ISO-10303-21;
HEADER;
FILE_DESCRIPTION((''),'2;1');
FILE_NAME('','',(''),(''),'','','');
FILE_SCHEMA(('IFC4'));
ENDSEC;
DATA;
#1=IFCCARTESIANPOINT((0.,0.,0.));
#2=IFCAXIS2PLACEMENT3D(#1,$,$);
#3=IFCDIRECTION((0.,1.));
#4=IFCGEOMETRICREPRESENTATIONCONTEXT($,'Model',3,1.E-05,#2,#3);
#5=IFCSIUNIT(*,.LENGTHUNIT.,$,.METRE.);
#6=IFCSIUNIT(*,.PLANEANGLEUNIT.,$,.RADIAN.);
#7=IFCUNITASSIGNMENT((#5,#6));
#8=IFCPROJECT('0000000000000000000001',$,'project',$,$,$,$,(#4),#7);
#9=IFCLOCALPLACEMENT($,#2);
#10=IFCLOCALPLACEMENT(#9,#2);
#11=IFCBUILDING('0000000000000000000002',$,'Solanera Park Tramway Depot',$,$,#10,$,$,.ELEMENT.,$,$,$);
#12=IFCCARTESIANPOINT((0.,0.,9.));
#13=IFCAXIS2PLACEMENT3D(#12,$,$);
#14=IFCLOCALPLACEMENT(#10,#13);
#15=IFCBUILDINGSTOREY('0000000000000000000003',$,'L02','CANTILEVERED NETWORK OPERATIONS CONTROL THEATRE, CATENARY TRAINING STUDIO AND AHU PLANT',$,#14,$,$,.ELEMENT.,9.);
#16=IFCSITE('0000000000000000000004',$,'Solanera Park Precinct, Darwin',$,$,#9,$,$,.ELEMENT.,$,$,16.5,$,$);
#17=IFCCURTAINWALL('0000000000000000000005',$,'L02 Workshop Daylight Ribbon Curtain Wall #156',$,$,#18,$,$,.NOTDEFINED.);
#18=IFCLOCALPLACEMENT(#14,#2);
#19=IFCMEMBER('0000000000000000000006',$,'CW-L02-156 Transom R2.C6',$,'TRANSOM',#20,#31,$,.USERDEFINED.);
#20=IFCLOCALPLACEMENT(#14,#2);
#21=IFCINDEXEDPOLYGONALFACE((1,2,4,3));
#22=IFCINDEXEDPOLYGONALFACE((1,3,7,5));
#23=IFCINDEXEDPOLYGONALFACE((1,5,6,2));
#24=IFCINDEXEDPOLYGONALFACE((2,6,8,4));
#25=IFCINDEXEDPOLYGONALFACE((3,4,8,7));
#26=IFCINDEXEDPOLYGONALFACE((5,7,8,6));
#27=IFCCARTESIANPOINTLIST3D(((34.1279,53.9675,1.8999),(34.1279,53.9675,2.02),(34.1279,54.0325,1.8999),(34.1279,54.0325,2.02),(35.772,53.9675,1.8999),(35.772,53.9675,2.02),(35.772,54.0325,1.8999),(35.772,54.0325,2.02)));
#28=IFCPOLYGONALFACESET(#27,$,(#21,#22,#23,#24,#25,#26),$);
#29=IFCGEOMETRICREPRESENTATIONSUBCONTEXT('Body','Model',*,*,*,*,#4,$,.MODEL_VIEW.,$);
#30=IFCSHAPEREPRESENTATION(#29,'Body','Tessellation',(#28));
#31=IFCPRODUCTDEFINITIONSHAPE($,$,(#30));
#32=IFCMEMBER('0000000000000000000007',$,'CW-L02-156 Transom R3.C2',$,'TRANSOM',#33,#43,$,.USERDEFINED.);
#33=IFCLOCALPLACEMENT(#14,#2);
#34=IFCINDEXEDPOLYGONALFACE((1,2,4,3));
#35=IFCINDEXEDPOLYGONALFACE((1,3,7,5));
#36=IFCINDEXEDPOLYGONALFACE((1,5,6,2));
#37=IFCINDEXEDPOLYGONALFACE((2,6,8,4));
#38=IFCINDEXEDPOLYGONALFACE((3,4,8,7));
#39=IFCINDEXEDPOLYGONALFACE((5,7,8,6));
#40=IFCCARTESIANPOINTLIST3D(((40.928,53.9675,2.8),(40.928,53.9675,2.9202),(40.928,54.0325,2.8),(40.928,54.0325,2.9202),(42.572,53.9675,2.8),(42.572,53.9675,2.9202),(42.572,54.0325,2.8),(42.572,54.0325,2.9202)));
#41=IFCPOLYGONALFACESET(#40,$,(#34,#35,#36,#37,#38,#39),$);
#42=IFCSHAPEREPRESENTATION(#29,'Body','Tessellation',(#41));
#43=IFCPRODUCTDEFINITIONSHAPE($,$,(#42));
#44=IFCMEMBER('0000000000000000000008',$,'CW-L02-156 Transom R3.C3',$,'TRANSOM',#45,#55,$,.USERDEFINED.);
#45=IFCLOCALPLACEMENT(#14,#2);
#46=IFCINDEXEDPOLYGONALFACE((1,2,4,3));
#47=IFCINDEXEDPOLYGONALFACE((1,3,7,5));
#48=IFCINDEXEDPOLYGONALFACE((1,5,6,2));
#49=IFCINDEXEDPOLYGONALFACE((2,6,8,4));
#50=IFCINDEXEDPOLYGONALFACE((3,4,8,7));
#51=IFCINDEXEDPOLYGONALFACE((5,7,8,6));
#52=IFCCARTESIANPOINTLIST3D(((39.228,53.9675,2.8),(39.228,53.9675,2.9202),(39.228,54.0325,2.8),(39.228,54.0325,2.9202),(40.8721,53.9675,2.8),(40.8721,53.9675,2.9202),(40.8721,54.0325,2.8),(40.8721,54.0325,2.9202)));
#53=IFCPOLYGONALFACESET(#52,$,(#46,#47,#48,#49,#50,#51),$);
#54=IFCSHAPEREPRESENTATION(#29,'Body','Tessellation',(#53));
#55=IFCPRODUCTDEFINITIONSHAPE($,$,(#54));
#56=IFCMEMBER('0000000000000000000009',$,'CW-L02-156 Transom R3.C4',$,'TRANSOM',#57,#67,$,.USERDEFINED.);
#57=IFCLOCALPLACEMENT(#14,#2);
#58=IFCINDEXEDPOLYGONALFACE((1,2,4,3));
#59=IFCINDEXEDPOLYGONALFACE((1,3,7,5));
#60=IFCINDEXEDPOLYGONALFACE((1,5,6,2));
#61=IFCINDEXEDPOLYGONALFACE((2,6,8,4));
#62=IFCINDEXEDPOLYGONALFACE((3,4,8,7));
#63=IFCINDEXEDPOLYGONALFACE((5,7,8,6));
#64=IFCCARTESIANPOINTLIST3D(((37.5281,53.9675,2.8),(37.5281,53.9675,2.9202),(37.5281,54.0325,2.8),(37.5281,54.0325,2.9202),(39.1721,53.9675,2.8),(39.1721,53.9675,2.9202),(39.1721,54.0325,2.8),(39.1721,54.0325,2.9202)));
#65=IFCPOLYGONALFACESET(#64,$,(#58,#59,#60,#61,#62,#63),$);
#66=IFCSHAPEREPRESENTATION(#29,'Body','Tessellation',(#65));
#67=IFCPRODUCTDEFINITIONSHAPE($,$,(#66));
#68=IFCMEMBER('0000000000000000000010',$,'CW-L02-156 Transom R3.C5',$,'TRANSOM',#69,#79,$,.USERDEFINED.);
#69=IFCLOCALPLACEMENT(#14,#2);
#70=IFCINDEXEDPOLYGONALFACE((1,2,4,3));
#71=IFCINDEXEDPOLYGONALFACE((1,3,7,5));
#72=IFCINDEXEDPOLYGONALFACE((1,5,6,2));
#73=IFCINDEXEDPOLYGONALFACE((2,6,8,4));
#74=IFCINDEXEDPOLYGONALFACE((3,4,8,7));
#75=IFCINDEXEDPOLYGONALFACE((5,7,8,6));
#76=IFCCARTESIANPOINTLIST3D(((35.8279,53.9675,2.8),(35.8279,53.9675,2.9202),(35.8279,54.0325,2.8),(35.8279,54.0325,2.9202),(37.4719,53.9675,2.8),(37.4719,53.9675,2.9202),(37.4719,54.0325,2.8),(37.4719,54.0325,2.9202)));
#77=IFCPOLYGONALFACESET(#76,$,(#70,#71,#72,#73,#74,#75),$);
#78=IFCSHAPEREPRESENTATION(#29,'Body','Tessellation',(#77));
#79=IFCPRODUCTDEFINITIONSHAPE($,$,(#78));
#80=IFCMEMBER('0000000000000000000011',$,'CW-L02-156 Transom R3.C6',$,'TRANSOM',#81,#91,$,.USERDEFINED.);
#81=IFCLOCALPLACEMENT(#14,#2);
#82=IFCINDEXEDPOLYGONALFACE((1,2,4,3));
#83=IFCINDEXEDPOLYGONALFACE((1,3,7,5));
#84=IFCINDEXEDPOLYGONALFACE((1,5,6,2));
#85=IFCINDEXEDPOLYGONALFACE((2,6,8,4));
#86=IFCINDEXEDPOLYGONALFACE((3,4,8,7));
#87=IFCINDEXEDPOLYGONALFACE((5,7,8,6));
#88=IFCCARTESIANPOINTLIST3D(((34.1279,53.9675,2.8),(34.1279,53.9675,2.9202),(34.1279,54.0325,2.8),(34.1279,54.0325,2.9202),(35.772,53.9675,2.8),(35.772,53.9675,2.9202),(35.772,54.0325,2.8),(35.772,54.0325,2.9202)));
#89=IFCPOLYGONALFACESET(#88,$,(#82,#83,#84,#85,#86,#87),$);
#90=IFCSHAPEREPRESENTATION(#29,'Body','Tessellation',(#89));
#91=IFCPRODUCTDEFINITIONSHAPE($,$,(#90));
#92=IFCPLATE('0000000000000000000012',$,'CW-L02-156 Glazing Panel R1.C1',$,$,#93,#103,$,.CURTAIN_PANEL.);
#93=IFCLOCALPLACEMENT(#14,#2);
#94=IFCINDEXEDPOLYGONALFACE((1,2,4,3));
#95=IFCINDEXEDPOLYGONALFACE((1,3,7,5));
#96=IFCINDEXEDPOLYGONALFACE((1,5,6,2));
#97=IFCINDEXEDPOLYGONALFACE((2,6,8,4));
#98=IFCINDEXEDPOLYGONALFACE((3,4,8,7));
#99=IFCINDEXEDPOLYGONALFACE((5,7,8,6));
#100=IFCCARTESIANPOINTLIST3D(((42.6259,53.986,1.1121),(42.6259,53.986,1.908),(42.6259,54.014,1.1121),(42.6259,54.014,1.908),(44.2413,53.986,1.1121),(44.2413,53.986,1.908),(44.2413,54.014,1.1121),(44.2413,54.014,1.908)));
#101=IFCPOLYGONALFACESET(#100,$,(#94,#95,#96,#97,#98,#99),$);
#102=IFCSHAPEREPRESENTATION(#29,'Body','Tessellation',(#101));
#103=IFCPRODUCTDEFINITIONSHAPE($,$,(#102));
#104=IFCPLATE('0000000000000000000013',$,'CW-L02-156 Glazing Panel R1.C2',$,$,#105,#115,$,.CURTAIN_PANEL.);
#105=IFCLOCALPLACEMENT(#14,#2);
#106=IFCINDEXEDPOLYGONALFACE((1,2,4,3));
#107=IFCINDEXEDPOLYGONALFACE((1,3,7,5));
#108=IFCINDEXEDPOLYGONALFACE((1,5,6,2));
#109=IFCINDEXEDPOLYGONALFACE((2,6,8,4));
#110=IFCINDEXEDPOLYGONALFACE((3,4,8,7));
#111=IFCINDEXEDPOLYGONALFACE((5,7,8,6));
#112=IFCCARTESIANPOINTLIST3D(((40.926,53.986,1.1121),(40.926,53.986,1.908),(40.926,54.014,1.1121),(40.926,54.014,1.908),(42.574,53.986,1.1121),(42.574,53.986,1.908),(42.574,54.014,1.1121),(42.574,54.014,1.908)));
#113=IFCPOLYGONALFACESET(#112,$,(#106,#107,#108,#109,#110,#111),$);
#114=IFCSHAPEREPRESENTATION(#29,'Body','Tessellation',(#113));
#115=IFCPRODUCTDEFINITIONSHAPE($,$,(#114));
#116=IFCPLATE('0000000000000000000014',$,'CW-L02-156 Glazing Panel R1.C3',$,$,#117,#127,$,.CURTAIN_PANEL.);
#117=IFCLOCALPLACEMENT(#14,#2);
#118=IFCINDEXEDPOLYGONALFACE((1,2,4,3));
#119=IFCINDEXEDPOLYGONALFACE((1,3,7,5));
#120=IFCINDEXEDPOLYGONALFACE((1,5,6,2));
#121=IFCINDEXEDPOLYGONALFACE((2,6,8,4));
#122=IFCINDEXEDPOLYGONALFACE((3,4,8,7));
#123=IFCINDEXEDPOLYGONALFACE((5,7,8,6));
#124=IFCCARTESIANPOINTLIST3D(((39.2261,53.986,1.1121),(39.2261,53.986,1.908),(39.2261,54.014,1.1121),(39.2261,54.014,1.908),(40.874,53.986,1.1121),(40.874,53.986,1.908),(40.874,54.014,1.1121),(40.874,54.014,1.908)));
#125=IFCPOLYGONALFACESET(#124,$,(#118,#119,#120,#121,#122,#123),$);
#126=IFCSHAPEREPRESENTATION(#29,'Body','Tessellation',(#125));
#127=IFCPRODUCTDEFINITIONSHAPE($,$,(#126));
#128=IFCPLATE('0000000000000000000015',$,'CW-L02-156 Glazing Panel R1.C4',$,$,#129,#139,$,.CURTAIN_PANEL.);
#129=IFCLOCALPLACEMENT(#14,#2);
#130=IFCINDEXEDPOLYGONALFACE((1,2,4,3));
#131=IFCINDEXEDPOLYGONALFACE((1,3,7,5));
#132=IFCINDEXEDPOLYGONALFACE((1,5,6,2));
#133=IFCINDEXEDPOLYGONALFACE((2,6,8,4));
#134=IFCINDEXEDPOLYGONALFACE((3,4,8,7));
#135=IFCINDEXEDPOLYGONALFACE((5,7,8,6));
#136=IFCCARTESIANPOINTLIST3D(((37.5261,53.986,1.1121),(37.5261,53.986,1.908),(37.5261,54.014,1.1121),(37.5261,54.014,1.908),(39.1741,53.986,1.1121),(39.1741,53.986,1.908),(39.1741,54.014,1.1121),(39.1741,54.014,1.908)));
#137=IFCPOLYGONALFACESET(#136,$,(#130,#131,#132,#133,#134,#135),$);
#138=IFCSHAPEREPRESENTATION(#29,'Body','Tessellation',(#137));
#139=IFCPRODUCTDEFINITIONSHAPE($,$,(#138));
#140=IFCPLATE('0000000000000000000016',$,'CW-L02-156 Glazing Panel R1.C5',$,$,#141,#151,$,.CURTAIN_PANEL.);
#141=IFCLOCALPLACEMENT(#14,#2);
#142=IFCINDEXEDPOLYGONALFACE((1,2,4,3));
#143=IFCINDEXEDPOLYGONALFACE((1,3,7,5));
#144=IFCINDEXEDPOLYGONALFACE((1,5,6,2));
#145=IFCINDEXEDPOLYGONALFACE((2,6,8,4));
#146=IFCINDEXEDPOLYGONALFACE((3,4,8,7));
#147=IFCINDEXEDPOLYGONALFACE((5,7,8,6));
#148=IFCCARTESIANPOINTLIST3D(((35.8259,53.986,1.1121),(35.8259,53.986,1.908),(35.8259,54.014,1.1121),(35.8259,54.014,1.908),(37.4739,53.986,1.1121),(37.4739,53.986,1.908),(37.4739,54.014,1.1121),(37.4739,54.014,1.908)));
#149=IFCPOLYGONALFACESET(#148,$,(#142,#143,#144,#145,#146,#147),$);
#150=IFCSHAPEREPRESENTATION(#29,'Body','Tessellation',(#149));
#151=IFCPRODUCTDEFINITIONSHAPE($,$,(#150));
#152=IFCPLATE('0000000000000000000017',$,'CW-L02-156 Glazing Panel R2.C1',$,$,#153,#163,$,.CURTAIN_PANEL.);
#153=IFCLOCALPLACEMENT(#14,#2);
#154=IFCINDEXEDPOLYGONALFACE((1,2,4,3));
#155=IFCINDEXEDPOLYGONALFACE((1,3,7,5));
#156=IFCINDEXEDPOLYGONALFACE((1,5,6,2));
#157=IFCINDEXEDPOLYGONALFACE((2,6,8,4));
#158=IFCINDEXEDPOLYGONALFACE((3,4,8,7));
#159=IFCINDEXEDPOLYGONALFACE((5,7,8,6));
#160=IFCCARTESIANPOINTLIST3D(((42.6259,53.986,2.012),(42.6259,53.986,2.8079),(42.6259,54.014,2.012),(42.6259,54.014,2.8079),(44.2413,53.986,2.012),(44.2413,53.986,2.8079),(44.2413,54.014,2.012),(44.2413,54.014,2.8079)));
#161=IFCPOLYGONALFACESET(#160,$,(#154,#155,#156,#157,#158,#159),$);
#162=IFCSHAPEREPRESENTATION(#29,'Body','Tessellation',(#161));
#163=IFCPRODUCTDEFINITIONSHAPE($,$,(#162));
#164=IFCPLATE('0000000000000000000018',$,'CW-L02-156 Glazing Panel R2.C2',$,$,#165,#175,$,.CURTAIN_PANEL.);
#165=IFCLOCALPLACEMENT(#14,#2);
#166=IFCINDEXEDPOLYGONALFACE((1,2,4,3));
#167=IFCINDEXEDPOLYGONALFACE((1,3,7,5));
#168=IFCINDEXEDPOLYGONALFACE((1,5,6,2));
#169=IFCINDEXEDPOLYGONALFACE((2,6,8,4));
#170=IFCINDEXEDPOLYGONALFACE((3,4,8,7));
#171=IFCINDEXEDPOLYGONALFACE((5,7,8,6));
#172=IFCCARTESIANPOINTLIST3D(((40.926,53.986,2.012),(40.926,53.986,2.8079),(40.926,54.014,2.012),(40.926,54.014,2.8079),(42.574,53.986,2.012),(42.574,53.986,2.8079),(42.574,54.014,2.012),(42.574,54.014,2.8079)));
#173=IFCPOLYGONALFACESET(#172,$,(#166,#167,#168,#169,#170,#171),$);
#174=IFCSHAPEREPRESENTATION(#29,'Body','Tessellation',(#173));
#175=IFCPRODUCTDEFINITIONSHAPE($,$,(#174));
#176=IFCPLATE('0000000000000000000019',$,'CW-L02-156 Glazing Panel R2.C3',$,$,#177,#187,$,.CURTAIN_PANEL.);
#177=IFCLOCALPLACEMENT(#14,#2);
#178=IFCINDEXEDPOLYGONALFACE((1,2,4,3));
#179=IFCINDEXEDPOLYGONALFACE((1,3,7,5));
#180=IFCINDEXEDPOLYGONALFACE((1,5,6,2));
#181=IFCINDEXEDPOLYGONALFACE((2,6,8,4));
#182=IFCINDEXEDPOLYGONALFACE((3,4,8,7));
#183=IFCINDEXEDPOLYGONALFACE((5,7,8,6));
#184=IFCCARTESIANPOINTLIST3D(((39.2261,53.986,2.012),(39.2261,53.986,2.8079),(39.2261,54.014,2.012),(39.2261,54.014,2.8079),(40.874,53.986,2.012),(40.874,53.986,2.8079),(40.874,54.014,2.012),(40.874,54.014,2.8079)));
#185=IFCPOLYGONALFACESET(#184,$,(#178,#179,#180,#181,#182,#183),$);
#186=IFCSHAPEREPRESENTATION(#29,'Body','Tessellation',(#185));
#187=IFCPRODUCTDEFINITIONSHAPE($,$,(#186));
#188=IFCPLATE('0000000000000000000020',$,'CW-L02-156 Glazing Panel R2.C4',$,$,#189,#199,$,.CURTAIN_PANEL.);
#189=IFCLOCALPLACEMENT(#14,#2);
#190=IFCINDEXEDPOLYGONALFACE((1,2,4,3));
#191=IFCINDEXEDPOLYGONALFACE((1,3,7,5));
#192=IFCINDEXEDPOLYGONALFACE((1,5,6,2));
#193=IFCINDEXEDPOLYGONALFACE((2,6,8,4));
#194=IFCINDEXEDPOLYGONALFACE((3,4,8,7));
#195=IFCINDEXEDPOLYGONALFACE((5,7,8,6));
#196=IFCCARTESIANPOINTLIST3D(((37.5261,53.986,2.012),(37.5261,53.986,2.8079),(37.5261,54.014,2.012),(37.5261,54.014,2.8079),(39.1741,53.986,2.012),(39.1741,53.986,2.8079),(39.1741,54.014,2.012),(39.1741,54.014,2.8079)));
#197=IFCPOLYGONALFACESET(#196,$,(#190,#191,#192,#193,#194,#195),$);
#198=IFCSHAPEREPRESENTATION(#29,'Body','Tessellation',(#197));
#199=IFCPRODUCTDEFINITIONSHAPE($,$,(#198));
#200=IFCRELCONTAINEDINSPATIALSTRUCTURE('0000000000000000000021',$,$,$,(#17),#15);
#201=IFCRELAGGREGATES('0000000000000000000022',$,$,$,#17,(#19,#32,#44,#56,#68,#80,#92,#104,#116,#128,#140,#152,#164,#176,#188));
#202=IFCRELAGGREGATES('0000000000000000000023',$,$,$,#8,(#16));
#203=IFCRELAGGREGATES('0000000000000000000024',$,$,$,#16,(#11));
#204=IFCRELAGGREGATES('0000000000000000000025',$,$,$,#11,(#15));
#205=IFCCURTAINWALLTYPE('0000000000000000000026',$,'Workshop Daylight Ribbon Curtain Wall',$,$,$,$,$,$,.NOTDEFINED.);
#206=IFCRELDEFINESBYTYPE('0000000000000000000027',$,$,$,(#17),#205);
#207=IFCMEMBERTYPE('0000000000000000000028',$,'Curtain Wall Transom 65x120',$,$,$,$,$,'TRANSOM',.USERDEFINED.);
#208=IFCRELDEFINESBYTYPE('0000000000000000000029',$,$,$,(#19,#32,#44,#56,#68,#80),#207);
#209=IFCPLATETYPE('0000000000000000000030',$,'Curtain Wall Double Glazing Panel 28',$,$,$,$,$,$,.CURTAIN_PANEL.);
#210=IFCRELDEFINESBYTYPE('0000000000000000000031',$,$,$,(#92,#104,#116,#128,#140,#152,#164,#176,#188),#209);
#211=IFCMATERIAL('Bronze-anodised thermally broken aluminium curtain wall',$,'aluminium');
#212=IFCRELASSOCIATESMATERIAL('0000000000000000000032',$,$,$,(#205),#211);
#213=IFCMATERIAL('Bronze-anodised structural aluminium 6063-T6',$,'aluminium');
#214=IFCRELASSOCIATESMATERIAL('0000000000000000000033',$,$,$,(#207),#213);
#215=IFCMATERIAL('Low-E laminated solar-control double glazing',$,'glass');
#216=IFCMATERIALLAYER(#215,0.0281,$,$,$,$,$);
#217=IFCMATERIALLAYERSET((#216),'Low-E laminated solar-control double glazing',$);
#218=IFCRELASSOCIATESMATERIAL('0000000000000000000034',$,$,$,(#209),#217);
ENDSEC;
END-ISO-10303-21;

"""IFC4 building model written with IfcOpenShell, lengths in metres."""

from ifc_helpers import new_model, si_unit, direction, frame, origin, origin_2d, place, context, subcontext, project, spatial, rectangle, extrude, material, layer, layer_set, material_profile, profile_set, type_object, element, aggregate, save


model = new_model("IFC4")

# Units and contexts
model_context = context("Model", 3, precision=1e-05, world=origin(), true_north=direction((0.0, 1.0)))
body_context = subcontext(model_context, "Body", "Model", "MODEL_VIEW")
ifc_project = project(units=[si_unit("LENGTHUNIT", "METRE"), si_unit("PLANEANGLEUNIT", "RADIAN")], contexts=[model_context])

# Site, building, storey
site_placement = place(None, origin())
site = spatial("IfcSite", under=ifc_project, at=site_placement, Name="Solanera Park Precinct, Darwin", CompositionType="ELEMENT", RefElevation=16.5)
building_placement = place(site_placement, origin())
building = spatial("IfcBuilding", under=site, at=building_placement, Name="Solanera Park Tramway Depot", CompositionType="ELEMENT")
storey_placement = place(building_placement, frame((0.0, 0.0, 9.0)))
storey = spatial("IfcBuildingStorey", under=building, at=storey_placement, Name="L02", Description="CANTILEVERED NETWORK OPERATIONS CONTROL THEATRE, CATENARY TRAINING STUDIO AND AHU PLANT", CompositionType="ELEMENT", Elevation=9.0)

# Curtain wall, members, plates
ifc_material_1 = material(Name="Bronze-anodised thermally broken aluminium curtain wall", Category="aluminium")
curtain_wall_type = type_object("IfcCurtainWallType", Name="Workshop Daylight Ribbon Curtain Wall", PredefinedType="NOTDEFINED", material=ifc_material_1)
curtain_wall_placement = place(storey_placement, origin())
curtain_wall = element("IfcCurtainWall", 1, at=curtain_wall_placement, inside=storey, type_object=curtain_wall_type, Name="L02 Workshop Daylight Ribbon Curtain Wall #156", PredefinedType="NOTDEFINED")
ifc_material_2 = material(Name="Bronze-anodised structural aluminium 6063-T6", Category="aluminium")
ifc_material_profile_1 = material_profile(ifc_material_2, rectangle(XDim=0.0649, YDim=0.1201, at=origin_2d()), Name="Curtain Wall Transom 65x120")
ifc_profile_set_1 = profile_set([ifc_material_profile_1], Name="Bronze-anodised structural aluminium 6063-T6")
member_type_1 = type_object("IfcMemberType", Name="Curtain Wall Transom 65x120", ElementType="TRANSOM", PredefinedType="USERDEFINED", material=ifc_profile_set_1)
member_1_placement = place(storey_placement, frame((35.772, 54.0, 1.96), z_axis=(-1.0, 0.0, 0.0), x_axis=(0.0, -1.0, 0.0)))
member_1 = element("IfcMember", 2, at=member_1_placement, type_object=member_type_1, Name="CW-L02-156 Transom R2.C6", ObjectType="TRANSOM", PredefinedType="USERDEFINED", context=body_context, shape_type="SweptSolid", body=[
    extrude(rectangle(XDim=0.0649, YDim=0.1201, at=origin_2d()), origin(), (0.0, 0.0, 1.0), 1.644),
])
member_2_placement = place(storey_placement, frame((42.572, 54.0, 2.8601), z_axis=(-1.0, 0.0, 0.0), x_axis=(0.0, -1.0, 0.0)))
member_2 = element("IfcMember", 3, at=member_2_placement, type_object=member_type_1, Name="CW-L02-156 Transom R3.C2", ObjectType="TRANSOM", PredefinedType="USERDEFINED", context=body_context, shape_type="SweptSolid", body=[
    extrude(rectangle(XDim=0.0649, YDim=0.1201, at=origin_2d()), origin(), (0.0, 0.0, 1.0), 1.644),
])
member_3_placement = place(storey_placement, frame((40.8721, 54.0, 2.8601), z_axis=(-1.0, 0.0, 0.0), x_axis=(0.0, -1.0, 0.0)))
member_3 = element("IfcMember", 4, at=member_3_placement, type_object=member_type_1, Name="CW-L02-156 Transom R3.C3", ObjectType="TRANSOM", PredefinedType="USERDEFINED", context=body_context, shape_type="SweptSolid", body=[
    extrude(rectangle(XDim=0.0649, YDim=0.1201, at=origin_2d()), origin(), (0.0, 0.0, 1.0), 1.644),
])
member_4_placement = place(storey_placement, frame((39.1721, 54.0, 2.8601), z_axis=(-1.0, 0.0, 0.0), x_axis=(0.0, -1.0, 0.0)))
member_4 = element("IfcMember", 5, at=member_4_placement, type_object=member_type_1, Name="CW-L02-156 Transom R3.C4", ObjectType="TRANSOM", PredefinedType="USERDEFINED", context=body_context, shape_type="SweptSolid", body=[
    extrude(rectangle(XDim=0.0649, YDim=0.1201, at=origin_2d()), origin(), (0.0, 0.0, 1.0), 1.644),
])
member_5_placement = place(storey_placement, frame((37.4719, 54.0, 2.8601), z_axis=(-1.0, 0.0, 0.0), x_axis=(0.0, -1.0, 0.0)))
member_5 = element("IfcMember", 6, at=member_5_placement, type_object=member_type_1, Name="CW-L02-156 Transom R3.C5", ObjectType="TRANSOM", PredefinedType="USERDEFINED", context=body_context, shape_type="SweptSolid", body=[
    extrude(rectangle(XDim=0.0649, YDim=0.1201, at=origin_2d()), origin(), (0.0, 0.0, 1.0), 1.644),
])
member_6_placement = place(storey_placement, frame((35.772, 54.0, 2.8601), z_axis=(-1.0, 0.0, 0.0), x_axis=(0.0, -1.0, 0.0)))
member_6 = element("IfcMember", 7, at=member_6_placement, type_object=member_type_1, Name="CW-L02-156 Transom R3.C6", ObjectType="TRANSOM", PredefinedType="USERDEFINED", context=body_context, shape_type="SweptSolid", body=[
    extrude(rectangle(XDim=0.0649, YDim=0.1201, at=origin_2d()), origin(), (0.0, 0.0, 1.0), 1.644),
])
ifc_material_3 = material(Name="Low-E laminated solar-control double glazing", Category="glass")
ifc_layer = layer(ifc_material_3, 0.0281)
ifc_layer_set = layer_set([ifc_layer], Name="Low-E laminated solar-control double glazing")
plate_type = type_object("IfcPlateType", Name="Curtain Wall Double Glazing Panel 28", PredefinedType="CURTAIN_PANEL", material=ifc_layer_set)
plate_1_placement = place(storey_placement, frame((43.4336, 54.0, 1.1121), z_axis=(0.0, 0.0, 1.0), x_axis=(-1.0, 0.0, 0.0)))
plate_1 = element("IfcPlate", 8, at=plate_1_placement, type_object=plate_type, Name="CW-L02-156 Glazing Panel R1.C1", PredefinedType="CURTAIN_PANEL", context=body_context, shape_type="SweptSolid", body=[
    extrude(rectangle(XDim=1.6155, YDim=0.0281, at=origin_2d()), origin(), (0.0, 0.0, 1.0), 0.7959),
])
plate_2_placement = place(storey_placement, frame((41.75, 54.0, 1.1121), z_axis=(0.0, 0.0, 1.0), x_axis=(-1.0, 0.0, 0.0)))
plate_2 = element("IfcPlate", 9, at=plate_2_placement, type_object=plate_type, Name="CW-L02-156 Glazing Panel R1.C2", PredefinedType="CURTAIN_PANEL", context=body_context, shape_type="SweptSolid", body=[
    extrude(rectangle(XDim=1.6479, YDim=0.0281, at=origin_2d()), origin(), (0.0, 0.0, 1.0), 0.7959),
])
plate_3_placement = place(storey_placement, frame((40.05, 54.0, 1.1121), z_axis=(0.0, 0.0, 1.0), x_axis=(-1.0, 0.0, 0.0)))
plate_3 = element("IfcPlate", 10, at=plate_3_placement, type_object=plate_type, Name="CW-L02-156 Glazing Panel R1.C3", PredefinedType="CURTAIN_PANEL", context=body_context, shape_type="SweptSolid", body=[
    extrude(rectangle(XDim=1.6479, YDim=0.0281, at=origin_2d()), origin(), (0.0, 0.0, 1.0), 0.7959),
])
plate_4_placement = place(storey_placement, frame((38.3501, 54.0, 1.1121), z_axis=(0.0, 0.0, 1.0), x_axis=(-1.0, 0.0, 0.0)))
plate_4 = element("IfcPlate", 11, at=plate_4_placement, type_object=plate_type, Name="CW-L02-156 Glazing Panel R1.C4", PredefinedType="CURTAIN_PANEL", context=body_context, shape_type="SweptSolid", body=[
    extrude(rectangle(XDim=1.6479, YDim=0.0281, at=origin_2d()), origin(), (0.0, 0.0, 1.0), 0.7959),
])
plate_5_placement = place(storey_placement, frame((36.6499, 54.0, 1.1121), z_axis=(0.0, 0.0, 1.0), x_axis=(-1.0, 0.0, 0.0)))
plate_5 = element("IfcPlate", 12, at=plate_5_placement, type_object=plate_type, Name="CW-L02-156 Glazing Panel R1.C5", PredefinedType="CURTAIN_PANEL", context=body_context, shape_type="SweptSolid", body=[
    extrude(rectangle(XDim=1.6479, YDim=0.0281, at=origin_2d()), origin(), (0.0, 0.0, 1.0), 0.7959),
])
plate_6_placement = place(storey_placement, frame((43.4336, 54.0, 2.012), z_axis=(0.0, 0.0, 1.0), x_axis=(-1.0, 0.0, 0.0)))
plate_6 = element("IfcPlate", 13, at=plate_6_placement, type_object=plate_type, Name="CW-L02-156 Glazing Panel R2.C1", PredefinedType="CURTAIN_PANEL", context=body_context, shape_type="SweptSolid", body=[
    extrude(rectangle(XDim=1.6155, YDim=0.0281, at=origin_2d()), origin(), (0.0, 0.0, 1.0), 0.7959),
])
plate_7_placement = place(storey_placement, frame((41.75, 54.0, 2.012), z_axis=(0.0, 0.0, 1.0), x_axis=(-1.0, 0.0, 0.0)))
plate_7 = element("IfcPlate", 14, at=plate_7_placement, type_object=plate_type, Name="CW-L02-156 Glazing Panel R2.C2", PredefinedType="CURTAIN_PANEL", context=body_context, shape_type="SweptSolid", body=[
    extrude(rectangle(XDim=1.6479, YDim=0.0281, at=origin_2d()), origin(), (0.0, 0.0, 1.0), 0.7959),
])
plate_8_placement = place(storey_placement, frame((40.05, 54.0, 2.012), z_axis=(0.0, 0.0, 1.0), x_axis=(-1.0, 0.0, 0.0)))
plate_8 = element("IfcPlate", 15, at=plate_8_placement, type_object=plate_type, Name="CW-L02-156 Glazing Panel R2.C3", PredefinedType="CURTAIN_PANEL", context=body_context, shape_type="SweptSolid", body=[
    extrude(rectangle(XDim=1.6479, YDim=0.0281, at=origin_2d()), origin(), (0.0, 0.0, 1.0), 0.7959),
])
plate_9_placement = place(storey_placement, frame((38.3501, 54.0, 2.012), z_axis=(0.0, 0.0, 1.0), x_axis=(-1.0, 0.0, 0.0)))
plate_9 = element("IfcPlate", 16, at=plate_9_placement, type_object=plate_type, Name="CW-L02-156 Glazing Panel R2.C4", PredefinedType="CURTAIN_PANEL", context=body_context, shape_type="SweptSolid", body=[
    extrude(rectangle(XDim=1.6479, YDim=0.0281, at=origin_2d()), origin(), (0.0, 0.0, 1.0), 0.7959),
])
aggregate(curtain_wall, [member_1, member_2, member_3, member_4, member_5, member_6, plate_1, plate_2, plate_3, plate_4, plate_5, plate_6, plate_7, plate_8, plate_9])

save(model, "model.ifc")
